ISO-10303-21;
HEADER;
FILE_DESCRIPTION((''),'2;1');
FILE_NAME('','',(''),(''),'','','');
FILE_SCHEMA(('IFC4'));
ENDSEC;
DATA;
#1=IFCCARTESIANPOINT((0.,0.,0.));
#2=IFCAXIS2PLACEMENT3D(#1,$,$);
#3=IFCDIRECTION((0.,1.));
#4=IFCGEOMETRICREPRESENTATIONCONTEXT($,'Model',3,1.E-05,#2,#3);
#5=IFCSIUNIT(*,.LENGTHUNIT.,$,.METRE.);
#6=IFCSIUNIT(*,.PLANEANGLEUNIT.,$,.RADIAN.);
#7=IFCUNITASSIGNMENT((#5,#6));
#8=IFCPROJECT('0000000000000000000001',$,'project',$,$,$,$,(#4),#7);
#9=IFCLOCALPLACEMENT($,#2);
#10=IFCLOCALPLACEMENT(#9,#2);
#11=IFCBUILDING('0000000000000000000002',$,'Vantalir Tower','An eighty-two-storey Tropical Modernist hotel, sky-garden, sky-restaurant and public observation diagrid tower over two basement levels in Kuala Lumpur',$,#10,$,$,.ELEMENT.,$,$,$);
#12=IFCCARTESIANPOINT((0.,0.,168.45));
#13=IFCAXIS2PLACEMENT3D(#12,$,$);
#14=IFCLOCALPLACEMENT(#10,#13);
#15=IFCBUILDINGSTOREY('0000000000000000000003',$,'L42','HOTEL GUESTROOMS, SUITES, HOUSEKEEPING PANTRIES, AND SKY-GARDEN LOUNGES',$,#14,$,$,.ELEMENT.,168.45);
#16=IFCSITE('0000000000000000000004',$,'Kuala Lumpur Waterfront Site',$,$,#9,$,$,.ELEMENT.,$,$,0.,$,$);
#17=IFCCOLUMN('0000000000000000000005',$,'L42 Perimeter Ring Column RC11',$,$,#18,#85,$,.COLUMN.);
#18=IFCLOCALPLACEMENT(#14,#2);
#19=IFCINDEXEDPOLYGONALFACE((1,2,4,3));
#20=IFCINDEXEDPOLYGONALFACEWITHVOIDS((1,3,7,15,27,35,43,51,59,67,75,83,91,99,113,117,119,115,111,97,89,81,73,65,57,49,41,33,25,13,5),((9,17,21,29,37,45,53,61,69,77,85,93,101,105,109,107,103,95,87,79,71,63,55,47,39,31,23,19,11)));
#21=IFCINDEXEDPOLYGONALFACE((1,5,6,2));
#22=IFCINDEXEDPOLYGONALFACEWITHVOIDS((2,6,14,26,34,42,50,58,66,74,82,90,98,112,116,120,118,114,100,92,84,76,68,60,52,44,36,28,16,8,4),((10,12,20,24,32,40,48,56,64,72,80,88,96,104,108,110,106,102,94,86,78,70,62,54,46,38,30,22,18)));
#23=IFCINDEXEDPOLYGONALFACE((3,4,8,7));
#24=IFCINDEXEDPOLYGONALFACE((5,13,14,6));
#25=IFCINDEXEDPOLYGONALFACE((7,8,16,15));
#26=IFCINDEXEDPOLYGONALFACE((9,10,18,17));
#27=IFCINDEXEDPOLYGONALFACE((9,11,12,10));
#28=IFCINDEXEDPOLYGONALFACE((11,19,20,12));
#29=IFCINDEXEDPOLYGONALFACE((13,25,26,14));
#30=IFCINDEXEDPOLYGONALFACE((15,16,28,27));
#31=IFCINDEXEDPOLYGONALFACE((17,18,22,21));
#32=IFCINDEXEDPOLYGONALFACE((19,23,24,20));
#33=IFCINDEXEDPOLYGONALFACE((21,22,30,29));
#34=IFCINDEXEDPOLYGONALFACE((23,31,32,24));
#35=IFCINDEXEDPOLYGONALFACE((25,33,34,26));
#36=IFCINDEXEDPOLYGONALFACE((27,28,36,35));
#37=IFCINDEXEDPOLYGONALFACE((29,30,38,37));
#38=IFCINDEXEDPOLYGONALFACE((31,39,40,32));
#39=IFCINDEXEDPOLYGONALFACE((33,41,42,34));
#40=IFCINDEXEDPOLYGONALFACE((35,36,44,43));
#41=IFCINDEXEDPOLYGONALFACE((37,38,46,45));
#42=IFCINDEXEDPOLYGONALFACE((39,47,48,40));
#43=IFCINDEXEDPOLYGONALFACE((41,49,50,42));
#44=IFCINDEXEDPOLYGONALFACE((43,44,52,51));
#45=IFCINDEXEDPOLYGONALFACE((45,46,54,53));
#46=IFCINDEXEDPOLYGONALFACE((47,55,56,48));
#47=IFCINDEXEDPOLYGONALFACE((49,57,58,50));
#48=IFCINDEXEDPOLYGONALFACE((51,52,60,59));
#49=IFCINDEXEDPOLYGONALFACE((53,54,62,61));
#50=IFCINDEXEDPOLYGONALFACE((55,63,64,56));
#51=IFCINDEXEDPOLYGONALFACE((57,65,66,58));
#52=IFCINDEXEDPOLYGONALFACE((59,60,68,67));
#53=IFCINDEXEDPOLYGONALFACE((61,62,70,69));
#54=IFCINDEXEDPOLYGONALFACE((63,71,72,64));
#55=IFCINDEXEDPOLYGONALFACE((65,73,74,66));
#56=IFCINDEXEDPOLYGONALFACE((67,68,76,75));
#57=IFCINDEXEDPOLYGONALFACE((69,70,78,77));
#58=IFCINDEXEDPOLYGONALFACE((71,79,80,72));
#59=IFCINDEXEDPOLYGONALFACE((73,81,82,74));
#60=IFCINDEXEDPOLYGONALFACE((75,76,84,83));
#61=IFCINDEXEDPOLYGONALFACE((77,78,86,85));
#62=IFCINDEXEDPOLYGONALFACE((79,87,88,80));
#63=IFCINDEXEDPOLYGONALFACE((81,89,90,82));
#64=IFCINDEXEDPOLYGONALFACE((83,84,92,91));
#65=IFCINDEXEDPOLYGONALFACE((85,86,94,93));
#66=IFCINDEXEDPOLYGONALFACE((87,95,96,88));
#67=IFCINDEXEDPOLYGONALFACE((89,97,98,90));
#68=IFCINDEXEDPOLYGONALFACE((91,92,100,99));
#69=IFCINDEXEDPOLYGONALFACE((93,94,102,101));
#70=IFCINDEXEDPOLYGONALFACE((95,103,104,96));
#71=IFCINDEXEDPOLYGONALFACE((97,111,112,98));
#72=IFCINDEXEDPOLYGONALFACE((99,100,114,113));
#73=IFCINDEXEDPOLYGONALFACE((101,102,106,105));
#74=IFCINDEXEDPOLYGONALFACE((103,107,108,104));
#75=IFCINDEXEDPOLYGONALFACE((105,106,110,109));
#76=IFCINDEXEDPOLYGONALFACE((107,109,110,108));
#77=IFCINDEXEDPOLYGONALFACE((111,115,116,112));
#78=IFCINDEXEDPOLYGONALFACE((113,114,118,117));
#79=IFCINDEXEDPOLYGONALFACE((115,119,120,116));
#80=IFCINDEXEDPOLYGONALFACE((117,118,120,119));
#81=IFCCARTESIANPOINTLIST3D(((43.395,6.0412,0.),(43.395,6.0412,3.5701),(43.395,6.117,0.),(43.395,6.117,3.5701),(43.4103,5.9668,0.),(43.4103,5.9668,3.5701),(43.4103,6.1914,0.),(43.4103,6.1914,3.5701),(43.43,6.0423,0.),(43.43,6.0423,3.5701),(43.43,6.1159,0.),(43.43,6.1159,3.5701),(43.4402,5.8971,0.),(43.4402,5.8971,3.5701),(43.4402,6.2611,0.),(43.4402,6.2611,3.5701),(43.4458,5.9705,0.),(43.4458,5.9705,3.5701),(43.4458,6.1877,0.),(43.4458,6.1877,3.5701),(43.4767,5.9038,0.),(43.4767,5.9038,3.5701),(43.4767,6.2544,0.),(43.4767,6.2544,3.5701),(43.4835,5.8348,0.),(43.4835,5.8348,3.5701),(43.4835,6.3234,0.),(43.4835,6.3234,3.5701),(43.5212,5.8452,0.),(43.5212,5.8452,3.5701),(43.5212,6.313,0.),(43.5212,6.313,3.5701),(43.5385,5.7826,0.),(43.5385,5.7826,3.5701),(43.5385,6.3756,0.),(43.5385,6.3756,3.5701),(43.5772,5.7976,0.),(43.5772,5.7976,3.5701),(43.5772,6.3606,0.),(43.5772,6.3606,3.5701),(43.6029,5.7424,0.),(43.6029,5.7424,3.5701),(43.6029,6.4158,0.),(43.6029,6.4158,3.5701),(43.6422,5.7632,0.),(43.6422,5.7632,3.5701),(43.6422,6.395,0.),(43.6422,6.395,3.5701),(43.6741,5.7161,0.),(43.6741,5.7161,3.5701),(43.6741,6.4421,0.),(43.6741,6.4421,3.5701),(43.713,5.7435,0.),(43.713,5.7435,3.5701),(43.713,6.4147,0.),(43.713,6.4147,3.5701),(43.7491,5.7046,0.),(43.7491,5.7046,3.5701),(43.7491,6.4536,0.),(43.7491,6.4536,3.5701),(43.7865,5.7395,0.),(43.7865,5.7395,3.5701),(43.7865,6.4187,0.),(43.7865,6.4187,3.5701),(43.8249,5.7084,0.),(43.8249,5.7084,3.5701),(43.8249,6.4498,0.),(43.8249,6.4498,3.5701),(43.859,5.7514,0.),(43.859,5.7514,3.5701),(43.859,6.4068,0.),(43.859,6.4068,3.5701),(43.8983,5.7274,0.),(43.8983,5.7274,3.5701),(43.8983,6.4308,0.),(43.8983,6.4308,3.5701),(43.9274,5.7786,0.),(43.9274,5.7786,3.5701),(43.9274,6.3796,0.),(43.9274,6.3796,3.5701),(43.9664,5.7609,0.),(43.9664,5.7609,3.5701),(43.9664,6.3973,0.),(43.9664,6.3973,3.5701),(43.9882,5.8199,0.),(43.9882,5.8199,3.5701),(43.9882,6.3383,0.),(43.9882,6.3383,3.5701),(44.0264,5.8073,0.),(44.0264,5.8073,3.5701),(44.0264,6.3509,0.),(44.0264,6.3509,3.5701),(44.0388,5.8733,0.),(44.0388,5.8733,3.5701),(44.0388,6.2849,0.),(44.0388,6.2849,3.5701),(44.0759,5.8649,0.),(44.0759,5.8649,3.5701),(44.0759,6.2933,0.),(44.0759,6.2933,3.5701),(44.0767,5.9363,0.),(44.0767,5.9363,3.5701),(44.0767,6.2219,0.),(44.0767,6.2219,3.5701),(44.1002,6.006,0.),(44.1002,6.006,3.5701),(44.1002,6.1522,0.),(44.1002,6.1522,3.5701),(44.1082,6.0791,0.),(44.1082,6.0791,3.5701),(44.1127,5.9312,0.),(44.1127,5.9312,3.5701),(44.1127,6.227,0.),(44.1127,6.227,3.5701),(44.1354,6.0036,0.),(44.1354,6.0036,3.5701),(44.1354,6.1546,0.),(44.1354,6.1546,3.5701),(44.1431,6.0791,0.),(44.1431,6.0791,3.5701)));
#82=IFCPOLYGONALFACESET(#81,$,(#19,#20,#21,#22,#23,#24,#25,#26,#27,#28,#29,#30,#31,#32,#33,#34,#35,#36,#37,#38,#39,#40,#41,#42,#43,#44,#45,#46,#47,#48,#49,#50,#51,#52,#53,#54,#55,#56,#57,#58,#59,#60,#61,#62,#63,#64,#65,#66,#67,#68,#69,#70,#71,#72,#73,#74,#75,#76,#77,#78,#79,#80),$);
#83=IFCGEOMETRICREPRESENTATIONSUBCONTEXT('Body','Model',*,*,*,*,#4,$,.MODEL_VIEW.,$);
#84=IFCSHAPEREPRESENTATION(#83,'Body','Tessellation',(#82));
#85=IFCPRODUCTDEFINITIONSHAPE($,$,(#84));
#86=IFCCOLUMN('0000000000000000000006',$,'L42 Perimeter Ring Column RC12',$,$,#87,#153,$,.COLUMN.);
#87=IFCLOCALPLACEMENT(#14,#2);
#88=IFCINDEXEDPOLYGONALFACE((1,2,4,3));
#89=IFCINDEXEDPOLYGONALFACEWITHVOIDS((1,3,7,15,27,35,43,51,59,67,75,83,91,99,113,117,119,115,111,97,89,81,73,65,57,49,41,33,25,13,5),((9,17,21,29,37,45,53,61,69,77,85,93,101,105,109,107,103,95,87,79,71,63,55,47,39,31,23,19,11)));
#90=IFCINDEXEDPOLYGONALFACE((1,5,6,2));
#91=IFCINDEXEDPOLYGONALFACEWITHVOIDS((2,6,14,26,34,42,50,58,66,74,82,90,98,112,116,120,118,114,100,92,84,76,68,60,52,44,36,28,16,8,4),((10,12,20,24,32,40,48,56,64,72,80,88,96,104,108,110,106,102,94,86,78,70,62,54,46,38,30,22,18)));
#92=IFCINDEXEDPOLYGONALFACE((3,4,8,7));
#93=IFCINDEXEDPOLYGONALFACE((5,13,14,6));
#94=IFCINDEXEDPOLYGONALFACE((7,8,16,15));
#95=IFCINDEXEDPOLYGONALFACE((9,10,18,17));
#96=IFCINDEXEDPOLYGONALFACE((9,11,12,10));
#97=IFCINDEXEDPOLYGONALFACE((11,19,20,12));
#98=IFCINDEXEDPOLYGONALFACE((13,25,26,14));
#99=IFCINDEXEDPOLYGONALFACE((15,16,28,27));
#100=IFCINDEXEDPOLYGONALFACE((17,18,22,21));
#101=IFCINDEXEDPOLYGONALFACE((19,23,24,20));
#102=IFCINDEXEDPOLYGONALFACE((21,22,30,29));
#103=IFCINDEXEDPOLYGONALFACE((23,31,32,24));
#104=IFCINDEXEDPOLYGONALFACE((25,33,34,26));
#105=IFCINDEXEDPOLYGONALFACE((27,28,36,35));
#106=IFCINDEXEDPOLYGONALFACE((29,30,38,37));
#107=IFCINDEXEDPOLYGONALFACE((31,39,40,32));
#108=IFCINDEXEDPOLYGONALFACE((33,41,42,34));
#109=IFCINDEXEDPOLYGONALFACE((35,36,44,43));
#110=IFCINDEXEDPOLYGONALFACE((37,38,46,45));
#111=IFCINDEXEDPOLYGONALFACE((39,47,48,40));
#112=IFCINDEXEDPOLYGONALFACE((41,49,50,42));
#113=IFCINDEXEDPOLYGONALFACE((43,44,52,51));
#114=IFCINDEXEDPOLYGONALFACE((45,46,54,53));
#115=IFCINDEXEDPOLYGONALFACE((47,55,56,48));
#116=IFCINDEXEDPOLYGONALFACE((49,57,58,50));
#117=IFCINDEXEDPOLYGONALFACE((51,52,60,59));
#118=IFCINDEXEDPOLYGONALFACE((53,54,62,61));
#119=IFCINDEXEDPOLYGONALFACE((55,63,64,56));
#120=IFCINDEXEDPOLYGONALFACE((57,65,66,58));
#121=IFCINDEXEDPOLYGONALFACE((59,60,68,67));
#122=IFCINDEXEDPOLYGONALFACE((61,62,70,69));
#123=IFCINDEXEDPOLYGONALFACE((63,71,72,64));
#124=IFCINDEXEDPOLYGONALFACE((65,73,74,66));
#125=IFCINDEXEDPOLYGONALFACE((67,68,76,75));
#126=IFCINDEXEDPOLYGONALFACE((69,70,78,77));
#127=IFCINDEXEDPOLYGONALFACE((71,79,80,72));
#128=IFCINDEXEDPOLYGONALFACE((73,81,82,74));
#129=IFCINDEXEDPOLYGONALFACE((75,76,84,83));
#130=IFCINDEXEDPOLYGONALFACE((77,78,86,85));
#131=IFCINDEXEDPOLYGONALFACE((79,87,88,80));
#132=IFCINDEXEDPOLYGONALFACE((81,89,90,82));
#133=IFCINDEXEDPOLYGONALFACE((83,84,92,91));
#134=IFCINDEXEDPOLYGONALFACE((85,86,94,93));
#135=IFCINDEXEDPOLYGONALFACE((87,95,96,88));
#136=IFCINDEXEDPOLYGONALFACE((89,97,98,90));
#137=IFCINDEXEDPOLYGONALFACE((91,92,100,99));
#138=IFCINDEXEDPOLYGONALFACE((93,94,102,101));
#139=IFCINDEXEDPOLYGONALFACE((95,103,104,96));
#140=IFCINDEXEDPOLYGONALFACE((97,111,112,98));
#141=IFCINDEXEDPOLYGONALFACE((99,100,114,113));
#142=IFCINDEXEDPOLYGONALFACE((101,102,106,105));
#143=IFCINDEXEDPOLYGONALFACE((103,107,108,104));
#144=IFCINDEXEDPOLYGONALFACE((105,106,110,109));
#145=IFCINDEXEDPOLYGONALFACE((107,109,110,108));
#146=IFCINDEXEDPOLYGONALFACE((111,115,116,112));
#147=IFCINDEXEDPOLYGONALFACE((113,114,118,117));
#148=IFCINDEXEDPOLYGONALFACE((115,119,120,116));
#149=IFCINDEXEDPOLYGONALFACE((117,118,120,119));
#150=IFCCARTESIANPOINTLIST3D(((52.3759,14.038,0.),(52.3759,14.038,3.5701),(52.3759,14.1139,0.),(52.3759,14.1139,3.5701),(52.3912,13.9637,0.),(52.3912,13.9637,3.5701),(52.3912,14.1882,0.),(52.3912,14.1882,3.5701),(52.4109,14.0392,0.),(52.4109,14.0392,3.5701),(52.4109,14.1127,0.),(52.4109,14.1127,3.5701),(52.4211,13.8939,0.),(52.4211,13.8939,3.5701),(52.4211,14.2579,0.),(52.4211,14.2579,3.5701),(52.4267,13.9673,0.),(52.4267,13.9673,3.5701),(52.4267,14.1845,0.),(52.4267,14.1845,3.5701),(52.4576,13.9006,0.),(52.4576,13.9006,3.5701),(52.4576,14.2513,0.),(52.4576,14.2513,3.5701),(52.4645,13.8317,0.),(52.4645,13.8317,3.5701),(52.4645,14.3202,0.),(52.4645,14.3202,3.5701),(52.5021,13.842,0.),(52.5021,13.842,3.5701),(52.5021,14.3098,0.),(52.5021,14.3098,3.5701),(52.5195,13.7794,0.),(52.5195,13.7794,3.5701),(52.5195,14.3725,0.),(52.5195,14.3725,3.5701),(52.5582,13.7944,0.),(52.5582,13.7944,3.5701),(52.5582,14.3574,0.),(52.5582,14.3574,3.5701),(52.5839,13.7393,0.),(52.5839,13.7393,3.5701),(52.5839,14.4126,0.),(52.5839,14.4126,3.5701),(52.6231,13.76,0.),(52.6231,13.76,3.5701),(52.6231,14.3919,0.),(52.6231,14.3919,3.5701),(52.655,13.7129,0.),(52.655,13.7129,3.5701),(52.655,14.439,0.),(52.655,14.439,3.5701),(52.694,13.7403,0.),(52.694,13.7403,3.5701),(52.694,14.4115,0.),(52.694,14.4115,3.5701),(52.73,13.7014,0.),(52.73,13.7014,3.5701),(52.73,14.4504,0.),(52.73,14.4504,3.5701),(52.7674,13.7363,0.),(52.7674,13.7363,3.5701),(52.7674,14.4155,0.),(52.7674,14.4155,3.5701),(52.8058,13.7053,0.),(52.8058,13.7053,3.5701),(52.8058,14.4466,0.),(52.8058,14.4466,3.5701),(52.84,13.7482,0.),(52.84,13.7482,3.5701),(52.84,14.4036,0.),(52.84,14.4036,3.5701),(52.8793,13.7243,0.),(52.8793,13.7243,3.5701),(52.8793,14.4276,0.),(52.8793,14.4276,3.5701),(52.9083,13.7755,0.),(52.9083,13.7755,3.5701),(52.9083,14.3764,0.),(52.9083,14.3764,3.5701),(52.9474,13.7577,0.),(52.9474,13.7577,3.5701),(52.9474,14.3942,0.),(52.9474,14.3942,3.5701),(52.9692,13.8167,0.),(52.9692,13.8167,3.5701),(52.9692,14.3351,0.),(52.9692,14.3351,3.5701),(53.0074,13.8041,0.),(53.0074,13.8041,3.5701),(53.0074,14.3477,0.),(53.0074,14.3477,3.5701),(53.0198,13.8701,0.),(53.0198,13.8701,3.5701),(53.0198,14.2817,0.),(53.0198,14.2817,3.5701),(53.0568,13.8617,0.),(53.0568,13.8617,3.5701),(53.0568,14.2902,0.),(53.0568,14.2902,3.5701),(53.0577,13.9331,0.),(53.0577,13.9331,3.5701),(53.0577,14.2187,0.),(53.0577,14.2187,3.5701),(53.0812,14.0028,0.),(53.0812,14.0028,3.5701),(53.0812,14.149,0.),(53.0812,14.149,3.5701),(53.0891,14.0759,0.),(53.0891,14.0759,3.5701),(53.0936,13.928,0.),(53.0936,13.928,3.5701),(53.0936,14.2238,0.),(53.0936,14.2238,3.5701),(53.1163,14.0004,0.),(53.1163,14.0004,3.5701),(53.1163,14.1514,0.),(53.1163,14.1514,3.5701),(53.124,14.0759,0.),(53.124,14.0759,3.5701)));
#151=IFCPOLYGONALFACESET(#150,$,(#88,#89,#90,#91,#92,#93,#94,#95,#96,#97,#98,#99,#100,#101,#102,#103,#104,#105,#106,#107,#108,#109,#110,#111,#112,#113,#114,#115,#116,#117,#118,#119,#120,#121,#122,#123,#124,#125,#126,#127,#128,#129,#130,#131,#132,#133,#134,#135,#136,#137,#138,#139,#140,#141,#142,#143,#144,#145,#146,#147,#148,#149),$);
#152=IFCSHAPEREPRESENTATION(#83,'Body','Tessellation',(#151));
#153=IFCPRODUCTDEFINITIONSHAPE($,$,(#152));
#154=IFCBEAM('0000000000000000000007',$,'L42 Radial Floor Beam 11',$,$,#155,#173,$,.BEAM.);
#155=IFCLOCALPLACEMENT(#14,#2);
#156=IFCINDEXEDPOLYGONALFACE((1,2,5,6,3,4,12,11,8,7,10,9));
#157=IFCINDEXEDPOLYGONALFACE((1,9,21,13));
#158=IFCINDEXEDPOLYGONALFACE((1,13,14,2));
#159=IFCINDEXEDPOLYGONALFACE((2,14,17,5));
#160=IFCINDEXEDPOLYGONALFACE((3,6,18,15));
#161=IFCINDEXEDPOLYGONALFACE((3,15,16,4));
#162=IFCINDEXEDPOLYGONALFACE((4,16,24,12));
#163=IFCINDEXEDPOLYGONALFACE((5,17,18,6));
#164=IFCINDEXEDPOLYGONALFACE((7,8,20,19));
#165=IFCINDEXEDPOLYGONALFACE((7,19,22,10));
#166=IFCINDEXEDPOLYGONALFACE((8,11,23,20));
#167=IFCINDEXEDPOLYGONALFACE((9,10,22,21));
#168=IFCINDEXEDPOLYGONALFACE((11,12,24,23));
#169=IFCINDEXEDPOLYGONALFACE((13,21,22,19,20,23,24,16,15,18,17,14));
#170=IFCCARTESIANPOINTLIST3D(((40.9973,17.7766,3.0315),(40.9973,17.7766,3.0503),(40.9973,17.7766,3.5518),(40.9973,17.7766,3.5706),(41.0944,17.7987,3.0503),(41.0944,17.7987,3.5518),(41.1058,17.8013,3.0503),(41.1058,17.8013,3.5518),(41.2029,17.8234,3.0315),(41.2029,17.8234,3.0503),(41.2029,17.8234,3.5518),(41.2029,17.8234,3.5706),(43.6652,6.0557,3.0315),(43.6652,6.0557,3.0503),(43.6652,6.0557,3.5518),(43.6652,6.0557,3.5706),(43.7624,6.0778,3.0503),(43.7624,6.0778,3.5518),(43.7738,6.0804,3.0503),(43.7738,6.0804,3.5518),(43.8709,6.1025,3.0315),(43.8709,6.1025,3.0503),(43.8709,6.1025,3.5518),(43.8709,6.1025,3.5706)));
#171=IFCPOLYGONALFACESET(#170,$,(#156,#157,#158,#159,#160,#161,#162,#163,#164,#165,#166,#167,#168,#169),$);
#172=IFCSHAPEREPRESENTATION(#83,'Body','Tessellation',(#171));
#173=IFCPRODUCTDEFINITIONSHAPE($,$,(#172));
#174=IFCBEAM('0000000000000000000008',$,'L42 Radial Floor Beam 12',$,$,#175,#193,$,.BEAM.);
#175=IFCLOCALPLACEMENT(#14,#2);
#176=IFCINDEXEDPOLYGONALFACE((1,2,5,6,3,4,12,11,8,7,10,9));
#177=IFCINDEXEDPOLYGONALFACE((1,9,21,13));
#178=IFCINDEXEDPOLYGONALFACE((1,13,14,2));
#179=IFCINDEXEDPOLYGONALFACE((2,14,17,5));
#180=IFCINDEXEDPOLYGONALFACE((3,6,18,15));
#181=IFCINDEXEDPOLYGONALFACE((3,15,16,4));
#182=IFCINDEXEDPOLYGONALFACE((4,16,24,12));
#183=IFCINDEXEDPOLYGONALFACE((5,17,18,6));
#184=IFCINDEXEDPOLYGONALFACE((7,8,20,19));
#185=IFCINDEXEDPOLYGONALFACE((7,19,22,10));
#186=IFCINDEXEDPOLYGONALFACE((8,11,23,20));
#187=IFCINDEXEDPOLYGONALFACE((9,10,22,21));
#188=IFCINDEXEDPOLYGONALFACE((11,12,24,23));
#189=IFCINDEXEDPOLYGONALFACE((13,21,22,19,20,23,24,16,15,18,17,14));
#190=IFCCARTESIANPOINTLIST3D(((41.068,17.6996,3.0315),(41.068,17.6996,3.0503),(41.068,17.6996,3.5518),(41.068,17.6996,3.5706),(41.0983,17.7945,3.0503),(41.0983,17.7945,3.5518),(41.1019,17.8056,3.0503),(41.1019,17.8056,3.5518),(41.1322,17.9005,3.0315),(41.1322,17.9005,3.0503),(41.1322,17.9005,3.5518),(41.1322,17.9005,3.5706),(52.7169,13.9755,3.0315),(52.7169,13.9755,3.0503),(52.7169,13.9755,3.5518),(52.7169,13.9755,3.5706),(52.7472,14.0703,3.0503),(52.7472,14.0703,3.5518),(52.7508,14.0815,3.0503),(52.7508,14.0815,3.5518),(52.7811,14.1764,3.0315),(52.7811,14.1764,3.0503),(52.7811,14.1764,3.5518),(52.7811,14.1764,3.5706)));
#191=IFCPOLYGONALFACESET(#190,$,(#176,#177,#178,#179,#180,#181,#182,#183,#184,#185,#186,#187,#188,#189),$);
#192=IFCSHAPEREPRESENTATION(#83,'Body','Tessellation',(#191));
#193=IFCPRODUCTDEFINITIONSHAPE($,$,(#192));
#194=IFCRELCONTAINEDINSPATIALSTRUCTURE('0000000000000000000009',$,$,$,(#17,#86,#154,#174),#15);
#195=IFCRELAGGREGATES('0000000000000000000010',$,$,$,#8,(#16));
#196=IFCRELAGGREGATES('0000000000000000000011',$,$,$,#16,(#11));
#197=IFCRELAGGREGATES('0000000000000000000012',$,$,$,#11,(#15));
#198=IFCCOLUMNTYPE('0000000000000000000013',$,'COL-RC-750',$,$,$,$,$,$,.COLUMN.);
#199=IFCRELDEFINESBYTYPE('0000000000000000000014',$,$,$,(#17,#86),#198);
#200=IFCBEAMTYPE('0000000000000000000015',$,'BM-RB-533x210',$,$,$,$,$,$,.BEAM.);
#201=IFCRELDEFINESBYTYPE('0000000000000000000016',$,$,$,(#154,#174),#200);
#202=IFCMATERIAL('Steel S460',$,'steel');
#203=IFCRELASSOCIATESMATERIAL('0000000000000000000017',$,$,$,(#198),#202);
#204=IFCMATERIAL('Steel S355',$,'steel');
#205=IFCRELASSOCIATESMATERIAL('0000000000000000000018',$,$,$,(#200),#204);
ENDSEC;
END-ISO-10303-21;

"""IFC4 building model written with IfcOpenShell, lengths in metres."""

from ifc_helpers import new_model, si_unit, direction, frame, origin, origin_2d, place, context, subcontext, project, spatial, hollow_circle, i_section, extrude, material, material_profile, profile_set, type_object, element, save


model = new_model("IFC4")

# Units and contexts
model_context = context("Model", 3, precision=1e-05, world=origin(), true_north=direction((0.0, 1.0)))
body_context = subcontext(model_context, "Body", "Model", "MODEL_VIEW")
ifc_project = project(units=[si_unit("LENGTHUNIT", "METRE"), si_unit("PLANEANGLEUNIT", "RADIAN")], contexts=[model_context])

# Site, building, storey
site_placement = place(None, origin())
site = spatial("IfcSite", under=ifc_project, at=site_placement, Name="Kuala Lumpur Waterfront Site", CompositionType="ELEMENT", RefElevation=0.0)
building_placement = place(site_placement, origin())
building = spatial("IfcBuilding", under=site, at=building_placement, Name="Vantalir Tower", Description="An eighty-two-storey Tropical Modernist hotel, sky-garden, sky-restaurant and public observation diagrid tower over two basement levels in Kuala Lumpur", CompositionType="ELEMENT")
storey_placement = place(building_placement, frame((0.0, 0.0, 168.45)))
storey = spatial("IfcBuildingStorey", under=building, at=storey_placement, Name="L42", Description="HOTEL GUESTROOMS, SUITES, HOUSEKEEPING PANTRIES, AND SKY-GARDEN LOUNGES", CompositionType="ELEMENT", Elevation=168.45)

# Columns
ifc_material_1 = material(Name="Steel S460", Category="steel")
ifc_material_profile_1 = material_profile(ifc_material_1, hollow_circle(Radius=0.375, WallThickness=0.0349, at=origin_2d()), Name="Steel S460")
ifc_profile_set_1 = profile_set([ifc_material_profile_1], Name="Steel S460")
column_type = type_object("IfcColumnType", Name="COL-RC-750", PredefinedType="COLUMN", material=ifc_profile_set_1)
for number, where, z_axis, x_axis, name in (
    (1, (43.7681, 6.0791, 0.0), (0.0, 0.0, 1.0), (1.0, 0.0, 0.0), "L42 Perimeter Ring Column RC11"),
    (2, (52.749, 14.0759, 0.0), (0.0, 0.0, 1.0), (1.0, 0.0, 0.0), "L42 Perimeter Ring Column RC12"),
):
    element("IfcColumn", number, at=place(storey_placement, frame(where, z_axis=z_axis, x_axis=x_axis)), inside=storey, type_object=column_type, Name=name, PredefinedType="COLUMN", context=body_context, shape_type="SweptSolid", body=[
        extrude(hollow_circle(Radius=0.375, WallThickness=0.0349, at=origin_2d()), origin(), (0.0, 0.0, 1.0), 3.5701),
    ])

# Beams
ifc_material_2 = material(Name="Steel S355", Category="steel")
ifc_material_profile_2 = material_profile(ifc_material_2, i_section(OverallWidth=0.2109, OverallDepth=0.5391, WebThickness=0.0117, FlangeThickness=0.0188, at=origin_2d()), Name="Steel S355")
ifc_profile_set_2 = profile_set([ifc_material_profile_2], Name="Steel S355")
beam_type_1 = type_object("IfcBeamType", Name="BM-RB-533x210", PredefinedType="BEAM", material=ifc_profile_set_2)
beam_1_placement = place(storey_placement, frame((43.7681, 6.0791, 3.301), z_axis=(-0.221947, 0.975059, 0.0), x_axis=(-0.975059, -0.221947, 0.0)))
element("IfcBeam", 3, at=beam_1_placement, inside=storey, type_object=beam_type_1, Name="L42 Radial Floor Beam 11", PredefinedType="BEAM", context=body_context, shape_type="SweptSolid", body=[
    extrude(i_section(OverallWidth=0.2109, OverallDepth=0.5391, WebThickness=0.0117, FlangeThickness=0.0188, at=origin_2d()), origin(), (0.0, 0.0, 1.0), 12.0208),
])
beam_2_placement = place(storey_placement, frame((52.749, 14.0759, 3.301), z_axis=(-0.952508, 0.304514, 0.0), x_axis=(-0.304514, -0.952508, 0.0)))
element("IfcBeam", 4, at=beam_2_placement, inside=storey, type_object=beam_type_1, Name="L42 Radial Floor Beam 12", PredefinedType="BEAM", context=body_context, shape_type="SweptSolid", body=[
    extrude(i_section(OverallWidth=0.2109, OverallDepth=0.5391, WebThickness=0.0117, FlangeThickness=0.0188, at=origin_2d()), origin(), (0.0, 0.0, 1.0), 12.2297),
])

save(model, "model.ifc")
